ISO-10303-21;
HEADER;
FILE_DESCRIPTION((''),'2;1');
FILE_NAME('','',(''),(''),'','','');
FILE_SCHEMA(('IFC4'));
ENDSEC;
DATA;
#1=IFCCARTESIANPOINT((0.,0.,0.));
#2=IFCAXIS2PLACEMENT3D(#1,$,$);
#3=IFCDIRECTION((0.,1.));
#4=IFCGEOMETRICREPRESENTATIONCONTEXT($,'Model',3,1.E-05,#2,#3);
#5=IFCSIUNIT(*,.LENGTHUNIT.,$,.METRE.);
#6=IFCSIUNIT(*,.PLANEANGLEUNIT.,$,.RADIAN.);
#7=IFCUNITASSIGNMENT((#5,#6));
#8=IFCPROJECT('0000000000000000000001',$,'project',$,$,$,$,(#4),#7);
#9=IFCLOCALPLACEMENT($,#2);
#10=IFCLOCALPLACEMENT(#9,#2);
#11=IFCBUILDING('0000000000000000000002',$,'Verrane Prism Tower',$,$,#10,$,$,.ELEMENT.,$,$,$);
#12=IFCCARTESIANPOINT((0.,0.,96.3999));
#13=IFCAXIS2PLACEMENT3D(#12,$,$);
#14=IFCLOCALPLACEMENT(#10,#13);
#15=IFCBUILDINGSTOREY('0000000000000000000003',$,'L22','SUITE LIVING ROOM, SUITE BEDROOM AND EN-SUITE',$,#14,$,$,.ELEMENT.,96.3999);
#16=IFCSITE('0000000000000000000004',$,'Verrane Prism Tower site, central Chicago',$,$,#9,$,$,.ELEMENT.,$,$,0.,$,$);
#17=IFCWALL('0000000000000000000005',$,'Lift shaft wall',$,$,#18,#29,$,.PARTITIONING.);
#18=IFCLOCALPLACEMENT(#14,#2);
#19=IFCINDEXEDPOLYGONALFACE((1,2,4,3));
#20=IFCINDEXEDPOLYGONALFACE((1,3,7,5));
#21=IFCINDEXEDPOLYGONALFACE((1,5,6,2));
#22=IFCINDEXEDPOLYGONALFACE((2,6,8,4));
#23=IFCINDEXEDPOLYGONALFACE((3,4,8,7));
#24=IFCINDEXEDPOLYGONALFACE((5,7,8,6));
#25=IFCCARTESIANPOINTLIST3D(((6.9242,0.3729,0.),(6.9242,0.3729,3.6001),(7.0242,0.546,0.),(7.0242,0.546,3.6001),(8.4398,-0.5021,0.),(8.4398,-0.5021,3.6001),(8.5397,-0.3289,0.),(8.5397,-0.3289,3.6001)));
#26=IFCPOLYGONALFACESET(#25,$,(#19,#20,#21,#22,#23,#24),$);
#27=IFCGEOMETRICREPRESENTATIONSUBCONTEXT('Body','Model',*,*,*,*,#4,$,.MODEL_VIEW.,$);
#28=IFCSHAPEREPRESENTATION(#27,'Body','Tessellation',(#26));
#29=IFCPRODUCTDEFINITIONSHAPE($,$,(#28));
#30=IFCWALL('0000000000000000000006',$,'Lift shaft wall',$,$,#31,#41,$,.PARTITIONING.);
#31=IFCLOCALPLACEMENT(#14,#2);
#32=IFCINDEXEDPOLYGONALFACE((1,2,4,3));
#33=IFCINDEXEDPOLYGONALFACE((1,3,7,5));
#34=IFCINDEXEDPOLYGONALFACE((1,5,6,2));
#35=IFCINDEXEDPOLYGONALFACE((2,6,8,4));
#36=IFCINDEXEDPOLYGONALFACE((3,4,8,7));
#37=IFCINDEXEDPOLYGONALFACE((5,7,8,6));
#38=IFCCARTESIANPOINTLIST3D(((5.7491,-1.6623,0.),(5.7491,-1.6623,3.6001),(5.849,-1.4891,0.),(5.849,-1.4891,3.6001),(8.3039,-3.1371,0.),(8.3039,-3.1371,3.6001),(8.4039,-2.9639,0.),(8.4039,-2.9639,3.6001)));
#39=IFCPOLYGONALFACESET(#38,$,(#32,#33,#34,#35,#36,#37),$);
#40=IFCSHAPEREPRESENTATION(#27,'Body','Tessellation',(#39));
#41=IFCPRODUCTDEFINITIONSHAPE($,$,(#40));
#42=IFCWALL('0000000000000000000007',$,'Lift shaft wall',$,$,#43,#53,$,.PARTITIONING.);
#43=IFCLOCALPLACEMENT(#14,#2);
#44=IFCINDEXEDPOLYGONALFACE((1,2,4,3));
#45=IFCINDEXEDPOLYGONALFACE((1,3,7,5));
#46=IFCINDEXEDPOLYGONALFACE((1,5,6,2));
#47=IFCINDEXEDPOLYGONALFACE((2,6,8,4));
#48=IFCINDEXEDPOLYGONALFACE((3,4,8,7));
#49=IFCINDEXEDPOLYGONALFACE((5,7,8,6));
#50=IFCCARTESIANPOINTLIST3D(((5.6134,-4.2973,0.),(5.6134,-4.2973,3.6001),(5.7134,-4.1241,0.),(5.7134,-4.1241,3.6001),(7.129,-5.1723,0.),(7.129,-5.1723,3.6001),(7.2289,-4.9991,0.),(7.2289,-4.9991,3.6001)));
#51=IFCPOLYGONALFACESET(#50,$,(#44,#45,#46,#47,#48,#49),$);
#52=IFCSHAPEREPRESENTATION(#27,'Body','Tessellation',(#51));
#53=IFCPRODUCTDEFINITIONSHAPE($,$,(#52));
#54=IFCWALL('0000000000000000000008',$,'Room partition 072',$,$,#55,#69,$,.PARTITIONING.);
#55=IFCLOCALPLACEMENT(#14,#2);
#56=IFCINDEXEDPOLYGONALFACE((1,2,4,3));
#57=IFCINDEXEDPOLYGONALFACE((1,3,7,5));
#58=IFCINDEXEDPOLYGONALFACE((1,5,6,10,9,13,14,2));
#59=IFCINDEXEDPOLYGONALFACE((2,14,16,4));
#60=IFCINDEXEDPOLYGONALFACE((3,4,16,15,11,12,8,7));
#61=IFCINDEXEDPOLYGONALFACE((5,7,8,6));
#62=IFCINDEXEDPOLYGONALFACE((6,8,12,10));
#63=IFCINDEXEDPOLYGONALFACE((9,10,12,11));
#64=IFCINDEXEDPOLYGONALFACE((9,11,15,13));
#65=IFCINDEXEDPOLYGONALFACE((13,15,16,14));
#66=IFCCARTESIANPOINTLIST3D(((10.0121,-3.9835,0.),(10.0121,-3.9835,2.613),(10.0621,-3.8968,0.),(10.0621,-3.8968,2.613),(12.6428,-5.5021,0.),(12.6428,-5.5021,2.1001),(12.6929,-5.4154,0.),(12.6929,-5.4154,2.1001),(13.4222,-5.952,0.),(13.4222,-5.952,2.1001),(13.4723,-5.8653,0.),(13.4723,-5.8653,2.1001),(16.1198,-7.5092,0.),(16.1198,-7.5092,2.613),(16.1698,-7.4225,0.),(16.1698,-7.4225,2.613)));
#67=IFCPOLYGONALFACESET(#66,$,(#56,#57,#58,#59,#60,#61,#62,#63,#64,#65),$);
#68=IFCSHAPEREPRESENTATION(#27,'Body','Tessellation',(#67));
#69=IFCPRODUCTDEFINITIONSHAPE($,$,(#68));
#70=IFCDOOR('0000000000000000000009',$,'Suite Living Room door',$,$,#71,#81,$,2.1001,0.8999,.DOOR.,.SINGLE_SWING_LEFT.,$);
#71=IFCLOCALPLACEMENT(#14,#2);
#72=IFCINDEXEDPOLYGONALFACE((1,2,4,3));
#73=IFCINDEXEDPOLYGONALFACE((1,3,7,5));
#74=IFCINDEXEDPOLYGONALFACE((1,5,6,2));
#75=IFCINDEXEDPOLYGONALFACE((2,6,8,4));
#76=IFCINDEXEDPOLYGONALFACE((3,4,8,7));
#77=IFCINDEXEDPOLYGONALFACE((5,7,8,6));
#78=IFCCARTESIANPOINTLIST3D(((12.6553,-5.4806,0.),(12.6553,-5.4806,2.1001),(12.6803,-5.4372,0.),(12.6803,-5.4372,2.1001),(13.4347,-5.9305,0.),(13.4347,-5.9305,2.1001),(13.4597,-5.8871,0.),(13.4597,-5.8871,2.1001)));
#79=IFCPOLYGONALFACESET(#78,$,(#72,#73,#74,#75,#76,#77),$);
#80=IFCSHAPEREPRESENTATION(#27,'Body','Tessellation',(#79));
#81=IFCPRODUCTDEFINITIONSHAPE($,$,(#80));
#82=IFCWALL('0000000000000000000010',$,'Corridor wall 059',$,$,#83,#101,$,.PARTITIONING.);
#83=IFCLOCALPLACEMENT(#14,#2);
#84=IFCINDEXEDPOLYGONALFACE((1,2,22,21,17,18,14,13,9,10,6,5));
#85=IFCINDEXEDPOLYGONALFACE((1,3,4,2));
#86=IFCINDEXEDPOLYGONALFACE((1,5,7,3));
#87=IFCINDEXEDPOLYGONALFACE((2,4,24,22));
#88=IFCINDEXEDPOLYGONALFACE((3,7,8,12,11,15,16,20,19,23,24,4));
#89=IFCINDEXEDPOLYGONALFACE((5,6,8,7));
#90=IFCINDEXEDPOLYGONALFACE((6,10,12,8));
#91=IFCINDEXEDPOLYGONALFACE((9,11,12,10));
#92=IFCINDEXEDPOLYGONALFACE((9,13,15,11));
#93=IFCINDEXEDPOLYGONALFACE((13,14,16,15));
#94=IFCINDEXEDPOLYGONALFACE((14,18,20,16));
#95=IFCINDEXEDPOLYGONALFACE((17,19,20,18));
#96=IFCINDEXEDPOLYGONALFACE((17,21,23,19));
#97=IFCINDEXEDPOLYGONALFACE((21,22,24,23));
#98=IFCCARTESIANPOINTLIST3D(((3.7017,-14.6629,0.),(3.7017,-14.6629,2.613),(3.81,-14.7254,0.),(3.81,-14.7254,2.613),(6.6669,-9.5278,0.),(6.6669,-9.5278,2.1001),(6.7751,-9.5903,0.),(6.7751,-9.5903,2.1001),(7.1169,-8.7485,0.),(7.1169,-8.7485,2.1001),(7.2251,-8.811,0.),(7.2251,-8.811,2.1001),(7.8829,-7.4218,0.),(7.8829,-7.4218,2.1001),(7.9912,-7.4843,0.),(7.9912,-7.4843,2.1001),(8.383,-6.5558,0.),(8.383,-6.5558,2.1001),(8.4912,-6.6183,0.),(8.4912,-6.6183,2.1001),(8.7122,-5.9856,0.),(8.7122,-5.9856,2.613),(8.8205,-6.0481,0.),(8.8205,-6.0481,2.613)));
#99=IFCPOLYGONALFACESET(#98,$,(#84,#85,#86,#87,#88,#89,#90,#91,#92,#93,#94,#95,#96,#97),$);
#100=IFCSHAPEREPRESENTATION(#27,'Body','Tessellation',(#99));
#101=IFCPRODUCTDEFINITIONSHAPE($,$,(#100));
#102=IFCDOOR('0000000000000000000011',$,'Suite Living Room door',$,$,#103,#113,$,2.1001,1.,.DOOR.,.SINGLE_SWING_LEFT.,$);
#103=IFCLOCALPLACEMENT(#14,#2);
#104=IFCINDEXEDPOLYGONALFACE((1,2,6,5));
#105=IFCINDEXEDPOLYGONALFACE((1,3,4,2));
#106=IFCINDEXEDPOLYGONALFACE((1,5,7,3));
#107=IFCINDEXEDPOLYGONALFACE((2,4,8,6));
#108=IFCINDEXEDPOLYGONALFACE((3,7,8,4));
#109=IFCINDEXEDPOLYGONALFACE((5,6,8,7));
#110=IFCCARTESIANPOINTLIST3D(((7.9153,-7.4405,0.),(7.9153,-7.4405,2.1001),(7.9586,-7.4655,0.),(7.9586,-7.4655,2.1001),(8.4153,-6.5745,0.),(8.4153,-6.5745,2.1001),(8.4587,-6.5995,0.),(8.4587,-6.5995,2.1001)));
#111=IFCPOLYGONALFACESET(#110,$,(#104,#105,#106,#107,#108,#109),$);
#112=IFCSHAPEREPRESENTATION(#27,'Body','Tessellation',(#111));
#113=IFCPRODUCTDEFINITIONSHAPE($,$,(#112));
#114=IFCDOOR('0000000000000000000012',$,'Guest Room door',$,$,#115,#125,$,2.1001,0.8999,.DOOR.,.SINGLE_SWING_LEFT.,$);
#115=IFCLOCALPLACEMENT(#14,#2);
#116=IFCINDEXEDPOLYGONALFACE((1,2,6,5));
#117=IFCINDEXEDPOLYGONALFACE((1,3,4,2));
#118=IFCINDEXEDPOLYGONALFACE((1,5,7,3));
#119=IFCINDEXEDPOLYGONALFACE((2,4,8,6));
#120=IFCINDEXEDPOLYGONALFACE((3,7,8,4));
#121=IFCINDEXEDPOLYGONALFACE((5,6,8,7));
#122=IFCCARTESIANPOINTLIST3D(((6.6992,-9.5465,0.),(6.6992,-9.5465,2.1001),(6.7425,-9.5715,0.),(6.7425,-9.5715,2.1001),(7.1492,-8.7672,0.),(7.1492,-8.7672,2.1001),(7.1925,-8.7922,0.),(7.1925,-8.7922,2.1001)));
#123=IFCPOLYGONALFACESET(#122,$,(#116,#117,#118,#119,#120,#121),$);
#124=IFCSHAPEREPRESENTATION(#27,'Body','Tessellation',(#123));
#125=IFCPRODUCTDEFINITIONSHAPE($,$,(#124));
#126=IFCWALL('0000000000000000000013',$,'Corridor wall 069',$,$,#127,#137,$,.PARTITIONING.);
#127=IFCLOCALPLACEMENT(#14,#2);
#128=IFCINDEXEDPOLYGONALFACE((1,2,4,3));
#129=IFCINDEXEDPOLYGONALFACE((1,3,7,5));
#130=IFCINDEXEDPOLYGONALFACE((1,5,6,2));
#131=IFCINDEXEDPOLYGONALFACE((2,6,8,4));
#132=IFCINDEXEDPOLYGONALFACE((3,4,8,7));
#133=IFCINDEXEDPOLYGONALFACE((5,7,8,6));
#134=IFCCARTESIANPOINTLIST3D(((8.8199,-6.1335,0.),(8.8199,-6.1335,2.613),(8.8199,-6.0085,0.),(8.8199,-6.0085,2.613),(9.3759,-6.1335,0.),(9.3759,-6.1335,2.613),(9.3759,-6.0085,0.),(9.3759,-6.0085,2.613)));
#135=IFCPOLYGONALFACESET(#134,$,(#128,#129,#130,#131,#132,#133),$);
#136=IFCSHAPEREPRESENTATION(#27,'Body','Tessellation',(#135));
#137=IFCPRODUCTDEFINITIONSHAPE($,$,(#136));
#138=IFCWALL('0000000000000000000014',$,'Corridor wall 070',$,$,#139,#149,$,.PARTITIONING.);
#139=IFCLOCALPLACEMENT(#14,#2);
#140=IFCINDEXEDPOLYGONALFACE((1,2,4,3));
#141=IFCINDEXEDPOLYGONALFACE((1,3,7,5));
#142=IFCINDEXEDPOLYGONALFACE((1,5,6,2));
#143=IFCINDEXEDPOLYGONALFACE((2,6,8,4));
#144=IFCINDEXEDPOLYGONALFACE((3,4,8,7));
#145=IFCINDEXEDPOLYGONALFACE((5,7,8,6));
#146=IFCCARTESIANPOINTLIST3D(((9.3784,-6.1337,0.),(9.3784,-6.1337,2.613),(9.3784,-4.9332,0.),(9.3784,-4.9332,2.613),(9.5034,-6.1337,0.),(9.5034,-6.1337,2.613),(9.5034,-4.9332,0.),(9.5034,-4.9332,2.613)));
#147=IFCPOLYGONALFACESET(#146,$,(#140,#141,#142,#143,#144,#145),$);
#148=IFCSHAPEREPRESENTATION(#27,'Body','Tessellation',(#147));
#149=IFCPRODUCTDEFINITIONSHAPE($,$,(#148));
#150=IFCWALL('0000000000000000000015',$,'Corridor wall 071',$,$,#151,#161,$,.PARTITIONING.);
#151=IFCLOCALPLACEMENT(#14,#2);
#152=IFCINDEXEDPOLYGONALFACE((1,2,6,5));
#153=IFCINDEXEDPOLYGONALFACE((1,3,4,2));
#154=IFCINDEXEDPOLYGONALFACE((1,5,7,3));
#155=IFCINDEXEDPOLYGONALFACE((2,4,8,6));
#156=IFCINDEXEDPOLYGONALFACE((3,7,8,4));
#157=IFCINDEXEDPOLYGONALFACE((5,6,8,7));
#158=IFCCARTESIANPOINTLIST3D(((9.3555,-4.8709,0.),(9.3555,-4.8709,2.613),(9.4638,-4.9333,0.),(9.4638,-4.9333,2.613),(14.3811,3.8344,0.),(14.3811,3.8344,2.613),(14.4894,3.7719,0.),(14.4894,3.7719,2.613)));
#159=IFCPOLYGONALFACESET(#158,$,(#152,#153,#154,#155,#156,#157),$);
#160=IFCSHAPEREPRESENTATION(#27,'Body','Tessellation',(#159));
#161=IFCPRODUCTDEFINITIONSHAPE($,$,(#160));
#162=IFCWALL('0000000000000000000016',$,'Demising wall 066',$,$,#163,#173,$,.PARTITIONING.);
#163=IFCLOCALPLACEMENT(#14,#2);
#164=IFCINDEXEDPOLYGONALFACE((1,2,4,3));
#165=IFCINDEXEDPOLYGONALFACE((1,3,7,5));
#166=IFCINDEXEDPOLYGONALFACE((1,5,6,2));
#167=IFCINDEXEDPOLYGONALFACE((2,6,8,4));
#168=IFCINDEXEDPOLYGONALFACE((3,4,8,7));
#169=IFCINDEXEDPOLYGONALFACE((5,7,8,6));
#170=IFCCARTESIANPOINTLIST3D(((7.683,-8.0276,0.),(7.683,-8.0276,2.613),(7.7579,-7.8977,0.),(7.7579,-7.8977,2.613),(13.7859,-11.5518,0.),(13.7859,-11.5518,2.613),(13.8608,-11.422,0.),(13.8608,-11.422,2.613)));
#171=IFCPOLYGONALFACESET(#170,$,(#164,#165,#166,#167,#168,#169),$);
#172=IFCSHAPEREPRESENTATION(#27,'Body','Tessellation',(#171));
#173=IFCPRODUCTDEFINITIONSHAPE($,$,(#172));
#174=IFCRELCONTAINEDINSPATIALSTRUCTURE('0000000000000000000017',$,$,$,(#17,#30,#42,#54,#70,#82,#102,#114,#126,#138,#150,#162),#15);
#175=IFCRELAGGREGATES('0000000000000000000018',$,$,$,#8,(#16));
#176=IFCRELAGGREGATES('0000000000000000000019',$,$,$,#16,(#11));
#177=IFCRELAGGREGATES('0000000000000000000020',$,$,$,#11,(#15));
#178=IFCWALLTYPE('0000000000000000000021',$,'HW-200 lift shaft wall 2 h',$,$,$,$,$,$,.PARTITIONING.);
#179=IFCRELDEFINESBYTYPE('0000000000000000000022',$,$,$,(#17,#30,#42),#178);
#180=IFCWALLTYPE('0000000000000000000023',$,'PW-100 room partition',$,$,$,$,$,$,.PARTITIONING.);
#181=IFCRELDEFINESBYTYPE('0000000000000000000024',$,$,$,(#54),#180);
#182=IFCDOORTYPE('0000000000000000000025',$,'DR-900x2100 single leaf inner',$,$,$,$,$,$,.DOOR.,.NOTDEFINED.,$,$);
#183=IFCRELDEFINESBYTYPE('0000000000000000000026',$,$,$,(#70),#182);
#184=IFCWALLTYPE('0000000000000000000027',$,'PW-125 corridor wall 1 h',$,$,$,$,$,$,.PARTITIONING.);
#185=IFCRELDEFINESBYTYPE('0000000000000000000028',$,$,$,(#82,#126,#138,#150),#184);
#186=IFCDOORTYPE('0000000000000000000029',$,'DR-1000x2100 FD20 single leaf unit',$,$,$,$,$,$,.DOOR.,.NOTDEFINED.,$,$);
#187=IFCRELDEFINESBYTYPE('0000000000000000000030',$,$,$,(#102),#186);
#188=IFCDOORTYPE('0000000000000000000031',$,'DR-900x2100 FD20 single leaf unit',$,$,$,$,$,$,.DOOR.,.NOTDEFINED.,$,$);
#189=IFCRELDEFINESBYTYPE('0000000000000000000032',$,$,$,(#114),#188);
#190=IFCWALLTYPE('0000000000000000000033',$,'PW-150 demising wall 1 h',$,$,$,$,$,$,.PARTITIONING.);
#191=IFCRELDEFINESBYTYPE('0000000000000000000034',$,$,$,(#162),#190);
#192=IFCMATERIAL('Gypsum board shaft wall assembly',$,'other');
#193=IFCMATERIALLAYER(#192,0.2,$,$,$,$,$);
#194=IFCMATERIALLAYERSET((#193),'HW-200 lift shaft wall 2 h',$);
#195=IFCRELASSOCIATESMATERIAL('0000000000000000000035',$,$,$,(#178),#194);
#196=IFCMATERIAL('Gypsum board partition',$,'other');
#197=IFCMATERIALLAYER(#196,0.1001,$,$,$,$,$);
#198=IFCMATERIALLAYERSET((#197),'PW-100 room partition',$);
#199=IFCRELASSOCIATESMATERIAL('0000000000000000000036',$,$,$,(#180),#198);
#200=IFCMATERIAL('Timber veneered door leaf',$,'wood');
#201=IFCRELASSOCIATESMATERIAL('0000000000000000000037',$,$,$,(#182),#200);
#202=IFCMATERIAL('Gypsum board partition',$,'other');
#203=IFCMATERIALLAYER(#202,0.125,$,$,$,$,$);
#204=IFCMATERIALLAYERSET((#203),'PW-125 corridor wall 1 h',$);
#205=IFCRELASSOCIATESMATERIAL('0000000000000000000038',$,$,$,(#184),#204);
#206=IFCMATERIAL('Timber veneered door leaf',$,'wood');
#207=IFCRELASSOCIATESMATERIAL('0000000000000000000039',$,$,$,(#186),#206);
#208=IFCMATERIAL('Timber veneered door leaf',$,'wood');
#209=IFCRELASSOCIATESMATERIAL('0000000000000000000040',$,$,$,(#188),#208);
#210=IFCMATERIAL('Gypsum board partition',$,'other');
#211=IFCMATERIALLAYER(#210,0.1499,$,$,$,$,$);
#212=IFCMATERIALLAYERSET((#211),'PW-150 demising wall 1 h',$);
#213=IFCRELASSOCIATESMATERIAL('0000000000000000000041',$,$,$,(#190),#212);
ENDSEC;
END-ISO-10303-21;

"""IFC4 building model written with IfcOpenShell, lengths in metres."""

from ifc_helpers import new_model, si_unit, direction, frame, frame_2d, origin, place, context, subcontext, project, spatial, rectangle, extrude, material, layer, layer_set, type_object, element, fill, save


model = new_model("IFC4")

# Units and contexts
model_context = context("Model", 3, precision=1e-05, world=origin(), true_north=direction((0.0, 1.0)))
body_context = subcontext(model_context, "Body", "Model", "MODEL_VIEW")
ifc_project = project(units=[si_unit("LENGTHUNIT", "METRE"), si_unit("PLANEANGLEUNIT", "RADIAN")], contexts=[model_context])

# Site, building, storey
site_placement = place(None, origin())
site = spatial("IfcSite", under=ifc_project, at=site_placement, Name="Verrane Prism Tower site, central Chicago", CompositionType="ELEMENT", RefElevation=0.0)
building_placement = place(site_placement, origin())
building = spatial("IfcBuilding", under=site, at=building_placement, Name="Verrane Prism Tower", CompositionType="ELEMENT")
storey_placement = place(building_placement, frame((0.0, 0.0, 96.3999)))
storey = spatial("IfcBuildingStorey", under=building, at=storey_placement, Name="L22", Description="SUITE LIVING ROOM, SUITE BEDROOM AND EN-SUITE", CompositionType="ELEMENT", Elevation=96.3999)

# Walls
ifc_material_1 = material(Name="Gypsum board shaft wall assembly", Category="other")
ifc_layer_1 = layer(ifc_material_1, 0.2)
ifc_layer_set_1 = layer_set([ifc_layer_1], Name="HW-200 lift shaft wall 2 h")
wall_type_1 = type_object("IfcWallType", Name="HW-200 lift shaft wall 2 h", PredefinedType="PARTITIONING", material=ifc_layer_set_1)
wall_1_placement = place(storey_placement, frame((8.4897, -0.4155, 0.0), z_axis=(0.0, 0.0, 1.0), x_axis=(-0.866037, 0.49998, 0.0)))
element("IfcWall", 1, at=wall_1_placement, inside=storey, type_object=wall_type_1, Name="Lift shaft wall", PredefinedType="PARTITIONING", context=body_context, shape_type="SweptSolid", body=[
    extrude(rectangle(XDim=1.75, YDim=0.2, at=frame_2d((0.875, 0.0))), origin(), (0.0, 0.0, 1.0), 3.6001),
])
wall_2_placement = place(storey_placement, frame((8.354, -3.0505, 0.0), z_axis=(0.0, 0.0, 1.0), x_axis=(-0.86606, 0.49994, 0.0)))
element("IfcWall", 2, at=wall_2_placement, inside=storey, type_object=wall_type_1, Name="Lift shaft wall", PredefinedType="PARTITIONING", context=body_context, shape_type="SweptSolid", body=[
    extrude(rectangle(XDim=2.95, YDim=0.2, at=frame_2d((1.4751, 0.0))), origin(), (0.0, 0.0, 1.0), 3.6001),
])
wall_3_placement = place(storey_placement, frame((7.179, -5.0857, 0.0), z_axis=(0.0, 0.0, 1.0), x_axis=(-0.866037, 0.49998, 0.0)))
element("IfcWall", 3, at=wall_3_placement, inside=storey, type_object=wall_type_1, Name="Lift shaft wall", PredefinedType="PARTITIONING", context=body_context, shape_type="SweptSolid", body=[
    extrude(rectangle(XDim=1.75, YDim=0.2, at=frame_2d((0.875, 0.0))), origin(), (0.0, 0.0, 1.0), 3.6001),
])

# Wall, opening, door
ifc_material_2 = material(Name="Gypsum board partition", Category="other")
ifc_layer_2 = layer(ifc_material_2, 0.1001)
ifc_layer_set_2 = layer_set([ifc_layer_2], Name="PW-100 room partition")
wall_type_2 = type_object("IfcWallType", Name="PW-100 room partition", PredefinedType="PARTITIONING", material=ifc_layer_set_2)
wall_4_placement = place(storey_placement, frame((10.0371, -3.9402, 0.0), z_axis=(0.0, 0.0, 1.0), x_axis=(0.866064, -0.499933, 0.0)))
wall_4 = element("IfcWall", 4, at=wall_4_placement, inside=storey, type_object=wall_type_2, Name="Room partition 072", PredefinedType="PARTITIONING", context=body_context, shape_type="SweptSolid", body=[
    extrude(rectangle(XDim=7.0522, YDim=0.1001, at=frame_2d((3.5261, 0.0))), origin(), (0.0, 0.0, 1.0), 2.613),
])
opening_1_placement = place(wall_4_placement, frame((3.0376, 0.0, 0.0)))
opening_1 = element("IfcOpeningElement", 5, at=opening_1_placement, cuts=wall_4, PredefinedType="OPENING", context=body_context, shape_type="SweptSolid", body=[
    extrude(rectangle(XDim=0.8999, YDim=2.1001, at=frame_2d((0.45, 1.05))), frame((0.0, 0.0601, 0.0), z_axis=(0.0, -1.0, 0.0), x_axis=(1.0, 0.0, 0.0)), (0.0, 0.0, 1.0), 0.1201),
])
ifc_material_3 = material(Name="Timber veneered door leaf", Category="wood")
door_type_1 = type_object("IfcDoorType", Name="DR-900x2100 single leaf inner", OperationType="NOTDEFINED", PredefinedType="DOOR", material=ifc_material_3)
door_1_placement = place(opening_1_placement, origin())
door_1 = element("IfcDoor", 6, at=door_1_placement, inside=storey, type_object=door_type_1, Name="Suite Living Room door", OperationType="SINGLE_SWING_LEFT", OverallHeight=2.1001, OverallWidth=0.8999, PredefinedType="DOOR", context=body_context, shape_type="SweptSolid", body=[
    extrude(rectangle(XDim=0.8999, YDim=2.1001, at=frame_2d((0.45, 1.05))), frame((0.0, 0.0249, 0.0), z_axis=(0.0, -1.0, 0.0), x_axis=(1.0, 0.0, 0.0)), (0.0, 0.0, 1.0), 0.05),
])
fill(opening_1, door_1)

# Wall, openings, doors
ifc_material_4 = material(Name="Gypsum board partition", Category="other")
ifc_layer_3 = layer(ifc_material_4, 0.125)
ifc_layer_set_3 = layer_set([ifc_layer_3], Name="PW-125 corridor wall 1 h")
wall_type_3 = type_object("IfcWallType", Name="PW-125 corridor wall 1 h", PredefinedType="PARTITIONING", material=ifc_layer_set_3)
wall_5_placement = place(storey_placement, frame((8.7664, -6.0168, 0.0), z_axis=(0.0, 0.0, 1.0), x_axis=(-0.500051, -0.865996, 0.0)))
wall_5 = element("IfcWall", 7, at=wall_5_placement, inside=storey, type_object=wall_type_3, Name="Corridor wall 059", PredefinedType="PARTITIONING", context=body_context, shape_type="SweptSolid", body=[
    extrude(rectangle(XDim=10.02, YDim=0.125, at=frame_2d((5.01, 0.0))), origin(), (0.0, 0.0, 1.0), 2.613),
])
opening_2_placement = place(wall_5_placement, frame((3.1904, 0.0, 0.0)))
opening_2 = element("IfcOpeningElement", 8, at=opening_2_placement, cuts=wall_5, PredefinedType="OPENING", context=body_context, shape_type="SweptSolid", body=[
    extrude(rectangle(XDim=0.8999, YDim=2.1001, at=frame_2d((0.45, 1.05))), frame((0.0, 0.0725, 0.0), z_axis=(0.0, -1.0, 0.0), x_axis=(1.0, 0.0, 0.0)), (0.0, 0.0, 1.0), 0.145),
])
opening_3_placement = place(wall_5_placement, frame((0.6584, 0.0, 0.0)))
opening_3 = element("IfcOpeningElement", 9, at=opening_3_placement, cuts=wall_5, PredefinedType="OPENING", context=body_context, shape_type="SweptSolid", body=[
    extrude(rectangle(XDim=1.0, YDim=2.1001, at=frame_2d((0.5, 1.05))), frame((0.0, 0.0725, 0.0), z_axis=(0.0, -1.0, 0.0), x_axis=(1.0, 0.0, 0.0)), (0.0, 0.0, 1.0), 0.145),
])
ifc_material_5 = material(Name="Timber veneered door leaf", Category="wood")
door_type_2 = type_object("IfcDoorType", Name="DR-1000x2100 FD20 single leaf unit", OperationType="NOTDEFINED", PredefinedType="DOOR", material=ifc_material_5)
door_2_placement = place(opening_3_placement, origin())
door_2 = element("IfcDoor", 10, at=door_2_placement, inside=storey, type_object=door_type_2, Name="Suite Living Room door", OperationType="SINGLE_SWING_LEFT", OverallHeight=2.1001, OverallWidth=1.0, PredefinedType="DOOR", context=body_context, shape_type="SweptSolid", body=[
    extrude(rectangle(XDim=1.0, YDim=2.1001, at=frame_2d((0.5, 1.05))), frame((0.0, 0.0249, 0.0), z_axis=(0.0, -1.0, 0.0), x_axis=(1.0, 0.0, 0.0)), (0.0, 0.0, 1.0), 0.05),
])
fill(opening_3, door_2)
ifc_material_6 = material(Name="Timber veneered door leaf", Category="wood")
door_type_3 = type_object("IfcDoorType", Name="DR-900x2100 FD20 single leaf unit", OperationType="NOTDEFINED", PredefinedType="DOOR", material=ifc_material_6)
door_3_placement = place(opening_2_placement, origin())
door_3 = element("IfcDoor", 11, at=door_3_placement, inside=storey, type_object=door_type_3, Name="Guest Room door", OperationType="SINGLE_SWING_LEFT", OverallHeight=2.1001, OverallWidth=0.8999, PredefinedType="DOOR", context=body_context, shape_type="SweptSolid", body=[
    extrude(rectangle(XDim=0.8999, YDim=2.1001, at=frame_2d((0.45, 1.05))), frame((0.0, 0.0249, 0.0), z_axis=(0.0, -1.0, 0.0), x_axis=(1.0, 0.0, 0.0)), (0.0, 0.0, 1.0), 0.05),
])
fill(opening_2, door_3)

# Walls
wall_6_placement = place(storey_placement, frame((8.8201, -6.071, 0.0), z_axis=(0.0, 0.0, 1.0), x_axis=(1.0, 0.0, 0.0)))
element("IfcWall", 12, at=wall_6_placement, inside=storey, type_object=wall_type_3, Name="Corridor wall 069", PredefinedType="PARTITIONING", context=body_context, shape_type="SweptSolid", body=[
    extrude(rectangle(XDim=0.5559, YDim=0.125, at=frame_2d((0.2778, 0.0))), origin(), (0.0, 0.0, 1.0), 2.613),
])
wall_7_placement = place(storey_placement, frame((9.4409, -6.1335, 0.0), z_axis=(0.0, 0.0, 1.0), x_axis=(0.0, 1.0, 0.0)))
element("IfcWall", 13, at=wall_7_placement, inside=storey, type_object=wall_type_3, Name="Corridor wall 070", PredefinedType="PARTITIONING", context=body_context, shape_type="SweptSolid", body=[
    extrude(rectangle(XDim=1.2004, YDim=0.125, at=frame_2d((0.6001, 0.0))), origin(), (0.0, 0.0, 1.0), 2.613),
])
wall_8_placement = place(storey_placement, frame((9.4097, -4.9021, 0.0), z_axis=(0.0, 0.0, 1.0), x_axis=(0.499971, 0.866042, 0.0)))
element("IfcWall", 14, at=wall_8_placement, inside=storey, type_object=wall_type_3, Name="Corridor wall 071", PredefinedType="PARTITIONING", context=body_context, shape_type="SweptSolid", body=[
    extrude(rectangle(XDim=10.0518, YDim=0.125, at=frame_2d((5.0259, 0.0))), origin(), (0.0, 0.0, 1.0), 2.613),
])
ifc_material_7 = material(Name="Gypsum board partition", Category="other")
ifc_layer_4 = layer(ifc_material_7, 0.1499)
ifc_layer_set_4 = layer_set([ifc_layer_4], Name="PW-150 demising wall 1 h")
wall_type_4 = type_object("IfcWallType", Name="PW-150 demising wall 1 h", PredefinedType="PARTITIONING", material=ifc_layer_set_4)
wall_9_placement = place(storey_placement, frame((7.7205, -7.9626, 0.0), z_axis=(0.0, 0.0, 1.0), x_axis=(0.865981, -0.500077, 0.0)))
element("IfcWall", 15, at=wall_9_placement, inside=storey, type_object=wall_type_4, Name="Demising wall 066", PredefinedType="PARTITIONING", context=body_context, shape_type="SweptSolid", body=[
    extrude(rectangle(XDim=7.0474, YDim=0.1499, at=frame_2d((3.5237, 0.0))), origin(), (0.0, 0.0, 1.0), 2.613),
])

save(model, "model.ifc")
